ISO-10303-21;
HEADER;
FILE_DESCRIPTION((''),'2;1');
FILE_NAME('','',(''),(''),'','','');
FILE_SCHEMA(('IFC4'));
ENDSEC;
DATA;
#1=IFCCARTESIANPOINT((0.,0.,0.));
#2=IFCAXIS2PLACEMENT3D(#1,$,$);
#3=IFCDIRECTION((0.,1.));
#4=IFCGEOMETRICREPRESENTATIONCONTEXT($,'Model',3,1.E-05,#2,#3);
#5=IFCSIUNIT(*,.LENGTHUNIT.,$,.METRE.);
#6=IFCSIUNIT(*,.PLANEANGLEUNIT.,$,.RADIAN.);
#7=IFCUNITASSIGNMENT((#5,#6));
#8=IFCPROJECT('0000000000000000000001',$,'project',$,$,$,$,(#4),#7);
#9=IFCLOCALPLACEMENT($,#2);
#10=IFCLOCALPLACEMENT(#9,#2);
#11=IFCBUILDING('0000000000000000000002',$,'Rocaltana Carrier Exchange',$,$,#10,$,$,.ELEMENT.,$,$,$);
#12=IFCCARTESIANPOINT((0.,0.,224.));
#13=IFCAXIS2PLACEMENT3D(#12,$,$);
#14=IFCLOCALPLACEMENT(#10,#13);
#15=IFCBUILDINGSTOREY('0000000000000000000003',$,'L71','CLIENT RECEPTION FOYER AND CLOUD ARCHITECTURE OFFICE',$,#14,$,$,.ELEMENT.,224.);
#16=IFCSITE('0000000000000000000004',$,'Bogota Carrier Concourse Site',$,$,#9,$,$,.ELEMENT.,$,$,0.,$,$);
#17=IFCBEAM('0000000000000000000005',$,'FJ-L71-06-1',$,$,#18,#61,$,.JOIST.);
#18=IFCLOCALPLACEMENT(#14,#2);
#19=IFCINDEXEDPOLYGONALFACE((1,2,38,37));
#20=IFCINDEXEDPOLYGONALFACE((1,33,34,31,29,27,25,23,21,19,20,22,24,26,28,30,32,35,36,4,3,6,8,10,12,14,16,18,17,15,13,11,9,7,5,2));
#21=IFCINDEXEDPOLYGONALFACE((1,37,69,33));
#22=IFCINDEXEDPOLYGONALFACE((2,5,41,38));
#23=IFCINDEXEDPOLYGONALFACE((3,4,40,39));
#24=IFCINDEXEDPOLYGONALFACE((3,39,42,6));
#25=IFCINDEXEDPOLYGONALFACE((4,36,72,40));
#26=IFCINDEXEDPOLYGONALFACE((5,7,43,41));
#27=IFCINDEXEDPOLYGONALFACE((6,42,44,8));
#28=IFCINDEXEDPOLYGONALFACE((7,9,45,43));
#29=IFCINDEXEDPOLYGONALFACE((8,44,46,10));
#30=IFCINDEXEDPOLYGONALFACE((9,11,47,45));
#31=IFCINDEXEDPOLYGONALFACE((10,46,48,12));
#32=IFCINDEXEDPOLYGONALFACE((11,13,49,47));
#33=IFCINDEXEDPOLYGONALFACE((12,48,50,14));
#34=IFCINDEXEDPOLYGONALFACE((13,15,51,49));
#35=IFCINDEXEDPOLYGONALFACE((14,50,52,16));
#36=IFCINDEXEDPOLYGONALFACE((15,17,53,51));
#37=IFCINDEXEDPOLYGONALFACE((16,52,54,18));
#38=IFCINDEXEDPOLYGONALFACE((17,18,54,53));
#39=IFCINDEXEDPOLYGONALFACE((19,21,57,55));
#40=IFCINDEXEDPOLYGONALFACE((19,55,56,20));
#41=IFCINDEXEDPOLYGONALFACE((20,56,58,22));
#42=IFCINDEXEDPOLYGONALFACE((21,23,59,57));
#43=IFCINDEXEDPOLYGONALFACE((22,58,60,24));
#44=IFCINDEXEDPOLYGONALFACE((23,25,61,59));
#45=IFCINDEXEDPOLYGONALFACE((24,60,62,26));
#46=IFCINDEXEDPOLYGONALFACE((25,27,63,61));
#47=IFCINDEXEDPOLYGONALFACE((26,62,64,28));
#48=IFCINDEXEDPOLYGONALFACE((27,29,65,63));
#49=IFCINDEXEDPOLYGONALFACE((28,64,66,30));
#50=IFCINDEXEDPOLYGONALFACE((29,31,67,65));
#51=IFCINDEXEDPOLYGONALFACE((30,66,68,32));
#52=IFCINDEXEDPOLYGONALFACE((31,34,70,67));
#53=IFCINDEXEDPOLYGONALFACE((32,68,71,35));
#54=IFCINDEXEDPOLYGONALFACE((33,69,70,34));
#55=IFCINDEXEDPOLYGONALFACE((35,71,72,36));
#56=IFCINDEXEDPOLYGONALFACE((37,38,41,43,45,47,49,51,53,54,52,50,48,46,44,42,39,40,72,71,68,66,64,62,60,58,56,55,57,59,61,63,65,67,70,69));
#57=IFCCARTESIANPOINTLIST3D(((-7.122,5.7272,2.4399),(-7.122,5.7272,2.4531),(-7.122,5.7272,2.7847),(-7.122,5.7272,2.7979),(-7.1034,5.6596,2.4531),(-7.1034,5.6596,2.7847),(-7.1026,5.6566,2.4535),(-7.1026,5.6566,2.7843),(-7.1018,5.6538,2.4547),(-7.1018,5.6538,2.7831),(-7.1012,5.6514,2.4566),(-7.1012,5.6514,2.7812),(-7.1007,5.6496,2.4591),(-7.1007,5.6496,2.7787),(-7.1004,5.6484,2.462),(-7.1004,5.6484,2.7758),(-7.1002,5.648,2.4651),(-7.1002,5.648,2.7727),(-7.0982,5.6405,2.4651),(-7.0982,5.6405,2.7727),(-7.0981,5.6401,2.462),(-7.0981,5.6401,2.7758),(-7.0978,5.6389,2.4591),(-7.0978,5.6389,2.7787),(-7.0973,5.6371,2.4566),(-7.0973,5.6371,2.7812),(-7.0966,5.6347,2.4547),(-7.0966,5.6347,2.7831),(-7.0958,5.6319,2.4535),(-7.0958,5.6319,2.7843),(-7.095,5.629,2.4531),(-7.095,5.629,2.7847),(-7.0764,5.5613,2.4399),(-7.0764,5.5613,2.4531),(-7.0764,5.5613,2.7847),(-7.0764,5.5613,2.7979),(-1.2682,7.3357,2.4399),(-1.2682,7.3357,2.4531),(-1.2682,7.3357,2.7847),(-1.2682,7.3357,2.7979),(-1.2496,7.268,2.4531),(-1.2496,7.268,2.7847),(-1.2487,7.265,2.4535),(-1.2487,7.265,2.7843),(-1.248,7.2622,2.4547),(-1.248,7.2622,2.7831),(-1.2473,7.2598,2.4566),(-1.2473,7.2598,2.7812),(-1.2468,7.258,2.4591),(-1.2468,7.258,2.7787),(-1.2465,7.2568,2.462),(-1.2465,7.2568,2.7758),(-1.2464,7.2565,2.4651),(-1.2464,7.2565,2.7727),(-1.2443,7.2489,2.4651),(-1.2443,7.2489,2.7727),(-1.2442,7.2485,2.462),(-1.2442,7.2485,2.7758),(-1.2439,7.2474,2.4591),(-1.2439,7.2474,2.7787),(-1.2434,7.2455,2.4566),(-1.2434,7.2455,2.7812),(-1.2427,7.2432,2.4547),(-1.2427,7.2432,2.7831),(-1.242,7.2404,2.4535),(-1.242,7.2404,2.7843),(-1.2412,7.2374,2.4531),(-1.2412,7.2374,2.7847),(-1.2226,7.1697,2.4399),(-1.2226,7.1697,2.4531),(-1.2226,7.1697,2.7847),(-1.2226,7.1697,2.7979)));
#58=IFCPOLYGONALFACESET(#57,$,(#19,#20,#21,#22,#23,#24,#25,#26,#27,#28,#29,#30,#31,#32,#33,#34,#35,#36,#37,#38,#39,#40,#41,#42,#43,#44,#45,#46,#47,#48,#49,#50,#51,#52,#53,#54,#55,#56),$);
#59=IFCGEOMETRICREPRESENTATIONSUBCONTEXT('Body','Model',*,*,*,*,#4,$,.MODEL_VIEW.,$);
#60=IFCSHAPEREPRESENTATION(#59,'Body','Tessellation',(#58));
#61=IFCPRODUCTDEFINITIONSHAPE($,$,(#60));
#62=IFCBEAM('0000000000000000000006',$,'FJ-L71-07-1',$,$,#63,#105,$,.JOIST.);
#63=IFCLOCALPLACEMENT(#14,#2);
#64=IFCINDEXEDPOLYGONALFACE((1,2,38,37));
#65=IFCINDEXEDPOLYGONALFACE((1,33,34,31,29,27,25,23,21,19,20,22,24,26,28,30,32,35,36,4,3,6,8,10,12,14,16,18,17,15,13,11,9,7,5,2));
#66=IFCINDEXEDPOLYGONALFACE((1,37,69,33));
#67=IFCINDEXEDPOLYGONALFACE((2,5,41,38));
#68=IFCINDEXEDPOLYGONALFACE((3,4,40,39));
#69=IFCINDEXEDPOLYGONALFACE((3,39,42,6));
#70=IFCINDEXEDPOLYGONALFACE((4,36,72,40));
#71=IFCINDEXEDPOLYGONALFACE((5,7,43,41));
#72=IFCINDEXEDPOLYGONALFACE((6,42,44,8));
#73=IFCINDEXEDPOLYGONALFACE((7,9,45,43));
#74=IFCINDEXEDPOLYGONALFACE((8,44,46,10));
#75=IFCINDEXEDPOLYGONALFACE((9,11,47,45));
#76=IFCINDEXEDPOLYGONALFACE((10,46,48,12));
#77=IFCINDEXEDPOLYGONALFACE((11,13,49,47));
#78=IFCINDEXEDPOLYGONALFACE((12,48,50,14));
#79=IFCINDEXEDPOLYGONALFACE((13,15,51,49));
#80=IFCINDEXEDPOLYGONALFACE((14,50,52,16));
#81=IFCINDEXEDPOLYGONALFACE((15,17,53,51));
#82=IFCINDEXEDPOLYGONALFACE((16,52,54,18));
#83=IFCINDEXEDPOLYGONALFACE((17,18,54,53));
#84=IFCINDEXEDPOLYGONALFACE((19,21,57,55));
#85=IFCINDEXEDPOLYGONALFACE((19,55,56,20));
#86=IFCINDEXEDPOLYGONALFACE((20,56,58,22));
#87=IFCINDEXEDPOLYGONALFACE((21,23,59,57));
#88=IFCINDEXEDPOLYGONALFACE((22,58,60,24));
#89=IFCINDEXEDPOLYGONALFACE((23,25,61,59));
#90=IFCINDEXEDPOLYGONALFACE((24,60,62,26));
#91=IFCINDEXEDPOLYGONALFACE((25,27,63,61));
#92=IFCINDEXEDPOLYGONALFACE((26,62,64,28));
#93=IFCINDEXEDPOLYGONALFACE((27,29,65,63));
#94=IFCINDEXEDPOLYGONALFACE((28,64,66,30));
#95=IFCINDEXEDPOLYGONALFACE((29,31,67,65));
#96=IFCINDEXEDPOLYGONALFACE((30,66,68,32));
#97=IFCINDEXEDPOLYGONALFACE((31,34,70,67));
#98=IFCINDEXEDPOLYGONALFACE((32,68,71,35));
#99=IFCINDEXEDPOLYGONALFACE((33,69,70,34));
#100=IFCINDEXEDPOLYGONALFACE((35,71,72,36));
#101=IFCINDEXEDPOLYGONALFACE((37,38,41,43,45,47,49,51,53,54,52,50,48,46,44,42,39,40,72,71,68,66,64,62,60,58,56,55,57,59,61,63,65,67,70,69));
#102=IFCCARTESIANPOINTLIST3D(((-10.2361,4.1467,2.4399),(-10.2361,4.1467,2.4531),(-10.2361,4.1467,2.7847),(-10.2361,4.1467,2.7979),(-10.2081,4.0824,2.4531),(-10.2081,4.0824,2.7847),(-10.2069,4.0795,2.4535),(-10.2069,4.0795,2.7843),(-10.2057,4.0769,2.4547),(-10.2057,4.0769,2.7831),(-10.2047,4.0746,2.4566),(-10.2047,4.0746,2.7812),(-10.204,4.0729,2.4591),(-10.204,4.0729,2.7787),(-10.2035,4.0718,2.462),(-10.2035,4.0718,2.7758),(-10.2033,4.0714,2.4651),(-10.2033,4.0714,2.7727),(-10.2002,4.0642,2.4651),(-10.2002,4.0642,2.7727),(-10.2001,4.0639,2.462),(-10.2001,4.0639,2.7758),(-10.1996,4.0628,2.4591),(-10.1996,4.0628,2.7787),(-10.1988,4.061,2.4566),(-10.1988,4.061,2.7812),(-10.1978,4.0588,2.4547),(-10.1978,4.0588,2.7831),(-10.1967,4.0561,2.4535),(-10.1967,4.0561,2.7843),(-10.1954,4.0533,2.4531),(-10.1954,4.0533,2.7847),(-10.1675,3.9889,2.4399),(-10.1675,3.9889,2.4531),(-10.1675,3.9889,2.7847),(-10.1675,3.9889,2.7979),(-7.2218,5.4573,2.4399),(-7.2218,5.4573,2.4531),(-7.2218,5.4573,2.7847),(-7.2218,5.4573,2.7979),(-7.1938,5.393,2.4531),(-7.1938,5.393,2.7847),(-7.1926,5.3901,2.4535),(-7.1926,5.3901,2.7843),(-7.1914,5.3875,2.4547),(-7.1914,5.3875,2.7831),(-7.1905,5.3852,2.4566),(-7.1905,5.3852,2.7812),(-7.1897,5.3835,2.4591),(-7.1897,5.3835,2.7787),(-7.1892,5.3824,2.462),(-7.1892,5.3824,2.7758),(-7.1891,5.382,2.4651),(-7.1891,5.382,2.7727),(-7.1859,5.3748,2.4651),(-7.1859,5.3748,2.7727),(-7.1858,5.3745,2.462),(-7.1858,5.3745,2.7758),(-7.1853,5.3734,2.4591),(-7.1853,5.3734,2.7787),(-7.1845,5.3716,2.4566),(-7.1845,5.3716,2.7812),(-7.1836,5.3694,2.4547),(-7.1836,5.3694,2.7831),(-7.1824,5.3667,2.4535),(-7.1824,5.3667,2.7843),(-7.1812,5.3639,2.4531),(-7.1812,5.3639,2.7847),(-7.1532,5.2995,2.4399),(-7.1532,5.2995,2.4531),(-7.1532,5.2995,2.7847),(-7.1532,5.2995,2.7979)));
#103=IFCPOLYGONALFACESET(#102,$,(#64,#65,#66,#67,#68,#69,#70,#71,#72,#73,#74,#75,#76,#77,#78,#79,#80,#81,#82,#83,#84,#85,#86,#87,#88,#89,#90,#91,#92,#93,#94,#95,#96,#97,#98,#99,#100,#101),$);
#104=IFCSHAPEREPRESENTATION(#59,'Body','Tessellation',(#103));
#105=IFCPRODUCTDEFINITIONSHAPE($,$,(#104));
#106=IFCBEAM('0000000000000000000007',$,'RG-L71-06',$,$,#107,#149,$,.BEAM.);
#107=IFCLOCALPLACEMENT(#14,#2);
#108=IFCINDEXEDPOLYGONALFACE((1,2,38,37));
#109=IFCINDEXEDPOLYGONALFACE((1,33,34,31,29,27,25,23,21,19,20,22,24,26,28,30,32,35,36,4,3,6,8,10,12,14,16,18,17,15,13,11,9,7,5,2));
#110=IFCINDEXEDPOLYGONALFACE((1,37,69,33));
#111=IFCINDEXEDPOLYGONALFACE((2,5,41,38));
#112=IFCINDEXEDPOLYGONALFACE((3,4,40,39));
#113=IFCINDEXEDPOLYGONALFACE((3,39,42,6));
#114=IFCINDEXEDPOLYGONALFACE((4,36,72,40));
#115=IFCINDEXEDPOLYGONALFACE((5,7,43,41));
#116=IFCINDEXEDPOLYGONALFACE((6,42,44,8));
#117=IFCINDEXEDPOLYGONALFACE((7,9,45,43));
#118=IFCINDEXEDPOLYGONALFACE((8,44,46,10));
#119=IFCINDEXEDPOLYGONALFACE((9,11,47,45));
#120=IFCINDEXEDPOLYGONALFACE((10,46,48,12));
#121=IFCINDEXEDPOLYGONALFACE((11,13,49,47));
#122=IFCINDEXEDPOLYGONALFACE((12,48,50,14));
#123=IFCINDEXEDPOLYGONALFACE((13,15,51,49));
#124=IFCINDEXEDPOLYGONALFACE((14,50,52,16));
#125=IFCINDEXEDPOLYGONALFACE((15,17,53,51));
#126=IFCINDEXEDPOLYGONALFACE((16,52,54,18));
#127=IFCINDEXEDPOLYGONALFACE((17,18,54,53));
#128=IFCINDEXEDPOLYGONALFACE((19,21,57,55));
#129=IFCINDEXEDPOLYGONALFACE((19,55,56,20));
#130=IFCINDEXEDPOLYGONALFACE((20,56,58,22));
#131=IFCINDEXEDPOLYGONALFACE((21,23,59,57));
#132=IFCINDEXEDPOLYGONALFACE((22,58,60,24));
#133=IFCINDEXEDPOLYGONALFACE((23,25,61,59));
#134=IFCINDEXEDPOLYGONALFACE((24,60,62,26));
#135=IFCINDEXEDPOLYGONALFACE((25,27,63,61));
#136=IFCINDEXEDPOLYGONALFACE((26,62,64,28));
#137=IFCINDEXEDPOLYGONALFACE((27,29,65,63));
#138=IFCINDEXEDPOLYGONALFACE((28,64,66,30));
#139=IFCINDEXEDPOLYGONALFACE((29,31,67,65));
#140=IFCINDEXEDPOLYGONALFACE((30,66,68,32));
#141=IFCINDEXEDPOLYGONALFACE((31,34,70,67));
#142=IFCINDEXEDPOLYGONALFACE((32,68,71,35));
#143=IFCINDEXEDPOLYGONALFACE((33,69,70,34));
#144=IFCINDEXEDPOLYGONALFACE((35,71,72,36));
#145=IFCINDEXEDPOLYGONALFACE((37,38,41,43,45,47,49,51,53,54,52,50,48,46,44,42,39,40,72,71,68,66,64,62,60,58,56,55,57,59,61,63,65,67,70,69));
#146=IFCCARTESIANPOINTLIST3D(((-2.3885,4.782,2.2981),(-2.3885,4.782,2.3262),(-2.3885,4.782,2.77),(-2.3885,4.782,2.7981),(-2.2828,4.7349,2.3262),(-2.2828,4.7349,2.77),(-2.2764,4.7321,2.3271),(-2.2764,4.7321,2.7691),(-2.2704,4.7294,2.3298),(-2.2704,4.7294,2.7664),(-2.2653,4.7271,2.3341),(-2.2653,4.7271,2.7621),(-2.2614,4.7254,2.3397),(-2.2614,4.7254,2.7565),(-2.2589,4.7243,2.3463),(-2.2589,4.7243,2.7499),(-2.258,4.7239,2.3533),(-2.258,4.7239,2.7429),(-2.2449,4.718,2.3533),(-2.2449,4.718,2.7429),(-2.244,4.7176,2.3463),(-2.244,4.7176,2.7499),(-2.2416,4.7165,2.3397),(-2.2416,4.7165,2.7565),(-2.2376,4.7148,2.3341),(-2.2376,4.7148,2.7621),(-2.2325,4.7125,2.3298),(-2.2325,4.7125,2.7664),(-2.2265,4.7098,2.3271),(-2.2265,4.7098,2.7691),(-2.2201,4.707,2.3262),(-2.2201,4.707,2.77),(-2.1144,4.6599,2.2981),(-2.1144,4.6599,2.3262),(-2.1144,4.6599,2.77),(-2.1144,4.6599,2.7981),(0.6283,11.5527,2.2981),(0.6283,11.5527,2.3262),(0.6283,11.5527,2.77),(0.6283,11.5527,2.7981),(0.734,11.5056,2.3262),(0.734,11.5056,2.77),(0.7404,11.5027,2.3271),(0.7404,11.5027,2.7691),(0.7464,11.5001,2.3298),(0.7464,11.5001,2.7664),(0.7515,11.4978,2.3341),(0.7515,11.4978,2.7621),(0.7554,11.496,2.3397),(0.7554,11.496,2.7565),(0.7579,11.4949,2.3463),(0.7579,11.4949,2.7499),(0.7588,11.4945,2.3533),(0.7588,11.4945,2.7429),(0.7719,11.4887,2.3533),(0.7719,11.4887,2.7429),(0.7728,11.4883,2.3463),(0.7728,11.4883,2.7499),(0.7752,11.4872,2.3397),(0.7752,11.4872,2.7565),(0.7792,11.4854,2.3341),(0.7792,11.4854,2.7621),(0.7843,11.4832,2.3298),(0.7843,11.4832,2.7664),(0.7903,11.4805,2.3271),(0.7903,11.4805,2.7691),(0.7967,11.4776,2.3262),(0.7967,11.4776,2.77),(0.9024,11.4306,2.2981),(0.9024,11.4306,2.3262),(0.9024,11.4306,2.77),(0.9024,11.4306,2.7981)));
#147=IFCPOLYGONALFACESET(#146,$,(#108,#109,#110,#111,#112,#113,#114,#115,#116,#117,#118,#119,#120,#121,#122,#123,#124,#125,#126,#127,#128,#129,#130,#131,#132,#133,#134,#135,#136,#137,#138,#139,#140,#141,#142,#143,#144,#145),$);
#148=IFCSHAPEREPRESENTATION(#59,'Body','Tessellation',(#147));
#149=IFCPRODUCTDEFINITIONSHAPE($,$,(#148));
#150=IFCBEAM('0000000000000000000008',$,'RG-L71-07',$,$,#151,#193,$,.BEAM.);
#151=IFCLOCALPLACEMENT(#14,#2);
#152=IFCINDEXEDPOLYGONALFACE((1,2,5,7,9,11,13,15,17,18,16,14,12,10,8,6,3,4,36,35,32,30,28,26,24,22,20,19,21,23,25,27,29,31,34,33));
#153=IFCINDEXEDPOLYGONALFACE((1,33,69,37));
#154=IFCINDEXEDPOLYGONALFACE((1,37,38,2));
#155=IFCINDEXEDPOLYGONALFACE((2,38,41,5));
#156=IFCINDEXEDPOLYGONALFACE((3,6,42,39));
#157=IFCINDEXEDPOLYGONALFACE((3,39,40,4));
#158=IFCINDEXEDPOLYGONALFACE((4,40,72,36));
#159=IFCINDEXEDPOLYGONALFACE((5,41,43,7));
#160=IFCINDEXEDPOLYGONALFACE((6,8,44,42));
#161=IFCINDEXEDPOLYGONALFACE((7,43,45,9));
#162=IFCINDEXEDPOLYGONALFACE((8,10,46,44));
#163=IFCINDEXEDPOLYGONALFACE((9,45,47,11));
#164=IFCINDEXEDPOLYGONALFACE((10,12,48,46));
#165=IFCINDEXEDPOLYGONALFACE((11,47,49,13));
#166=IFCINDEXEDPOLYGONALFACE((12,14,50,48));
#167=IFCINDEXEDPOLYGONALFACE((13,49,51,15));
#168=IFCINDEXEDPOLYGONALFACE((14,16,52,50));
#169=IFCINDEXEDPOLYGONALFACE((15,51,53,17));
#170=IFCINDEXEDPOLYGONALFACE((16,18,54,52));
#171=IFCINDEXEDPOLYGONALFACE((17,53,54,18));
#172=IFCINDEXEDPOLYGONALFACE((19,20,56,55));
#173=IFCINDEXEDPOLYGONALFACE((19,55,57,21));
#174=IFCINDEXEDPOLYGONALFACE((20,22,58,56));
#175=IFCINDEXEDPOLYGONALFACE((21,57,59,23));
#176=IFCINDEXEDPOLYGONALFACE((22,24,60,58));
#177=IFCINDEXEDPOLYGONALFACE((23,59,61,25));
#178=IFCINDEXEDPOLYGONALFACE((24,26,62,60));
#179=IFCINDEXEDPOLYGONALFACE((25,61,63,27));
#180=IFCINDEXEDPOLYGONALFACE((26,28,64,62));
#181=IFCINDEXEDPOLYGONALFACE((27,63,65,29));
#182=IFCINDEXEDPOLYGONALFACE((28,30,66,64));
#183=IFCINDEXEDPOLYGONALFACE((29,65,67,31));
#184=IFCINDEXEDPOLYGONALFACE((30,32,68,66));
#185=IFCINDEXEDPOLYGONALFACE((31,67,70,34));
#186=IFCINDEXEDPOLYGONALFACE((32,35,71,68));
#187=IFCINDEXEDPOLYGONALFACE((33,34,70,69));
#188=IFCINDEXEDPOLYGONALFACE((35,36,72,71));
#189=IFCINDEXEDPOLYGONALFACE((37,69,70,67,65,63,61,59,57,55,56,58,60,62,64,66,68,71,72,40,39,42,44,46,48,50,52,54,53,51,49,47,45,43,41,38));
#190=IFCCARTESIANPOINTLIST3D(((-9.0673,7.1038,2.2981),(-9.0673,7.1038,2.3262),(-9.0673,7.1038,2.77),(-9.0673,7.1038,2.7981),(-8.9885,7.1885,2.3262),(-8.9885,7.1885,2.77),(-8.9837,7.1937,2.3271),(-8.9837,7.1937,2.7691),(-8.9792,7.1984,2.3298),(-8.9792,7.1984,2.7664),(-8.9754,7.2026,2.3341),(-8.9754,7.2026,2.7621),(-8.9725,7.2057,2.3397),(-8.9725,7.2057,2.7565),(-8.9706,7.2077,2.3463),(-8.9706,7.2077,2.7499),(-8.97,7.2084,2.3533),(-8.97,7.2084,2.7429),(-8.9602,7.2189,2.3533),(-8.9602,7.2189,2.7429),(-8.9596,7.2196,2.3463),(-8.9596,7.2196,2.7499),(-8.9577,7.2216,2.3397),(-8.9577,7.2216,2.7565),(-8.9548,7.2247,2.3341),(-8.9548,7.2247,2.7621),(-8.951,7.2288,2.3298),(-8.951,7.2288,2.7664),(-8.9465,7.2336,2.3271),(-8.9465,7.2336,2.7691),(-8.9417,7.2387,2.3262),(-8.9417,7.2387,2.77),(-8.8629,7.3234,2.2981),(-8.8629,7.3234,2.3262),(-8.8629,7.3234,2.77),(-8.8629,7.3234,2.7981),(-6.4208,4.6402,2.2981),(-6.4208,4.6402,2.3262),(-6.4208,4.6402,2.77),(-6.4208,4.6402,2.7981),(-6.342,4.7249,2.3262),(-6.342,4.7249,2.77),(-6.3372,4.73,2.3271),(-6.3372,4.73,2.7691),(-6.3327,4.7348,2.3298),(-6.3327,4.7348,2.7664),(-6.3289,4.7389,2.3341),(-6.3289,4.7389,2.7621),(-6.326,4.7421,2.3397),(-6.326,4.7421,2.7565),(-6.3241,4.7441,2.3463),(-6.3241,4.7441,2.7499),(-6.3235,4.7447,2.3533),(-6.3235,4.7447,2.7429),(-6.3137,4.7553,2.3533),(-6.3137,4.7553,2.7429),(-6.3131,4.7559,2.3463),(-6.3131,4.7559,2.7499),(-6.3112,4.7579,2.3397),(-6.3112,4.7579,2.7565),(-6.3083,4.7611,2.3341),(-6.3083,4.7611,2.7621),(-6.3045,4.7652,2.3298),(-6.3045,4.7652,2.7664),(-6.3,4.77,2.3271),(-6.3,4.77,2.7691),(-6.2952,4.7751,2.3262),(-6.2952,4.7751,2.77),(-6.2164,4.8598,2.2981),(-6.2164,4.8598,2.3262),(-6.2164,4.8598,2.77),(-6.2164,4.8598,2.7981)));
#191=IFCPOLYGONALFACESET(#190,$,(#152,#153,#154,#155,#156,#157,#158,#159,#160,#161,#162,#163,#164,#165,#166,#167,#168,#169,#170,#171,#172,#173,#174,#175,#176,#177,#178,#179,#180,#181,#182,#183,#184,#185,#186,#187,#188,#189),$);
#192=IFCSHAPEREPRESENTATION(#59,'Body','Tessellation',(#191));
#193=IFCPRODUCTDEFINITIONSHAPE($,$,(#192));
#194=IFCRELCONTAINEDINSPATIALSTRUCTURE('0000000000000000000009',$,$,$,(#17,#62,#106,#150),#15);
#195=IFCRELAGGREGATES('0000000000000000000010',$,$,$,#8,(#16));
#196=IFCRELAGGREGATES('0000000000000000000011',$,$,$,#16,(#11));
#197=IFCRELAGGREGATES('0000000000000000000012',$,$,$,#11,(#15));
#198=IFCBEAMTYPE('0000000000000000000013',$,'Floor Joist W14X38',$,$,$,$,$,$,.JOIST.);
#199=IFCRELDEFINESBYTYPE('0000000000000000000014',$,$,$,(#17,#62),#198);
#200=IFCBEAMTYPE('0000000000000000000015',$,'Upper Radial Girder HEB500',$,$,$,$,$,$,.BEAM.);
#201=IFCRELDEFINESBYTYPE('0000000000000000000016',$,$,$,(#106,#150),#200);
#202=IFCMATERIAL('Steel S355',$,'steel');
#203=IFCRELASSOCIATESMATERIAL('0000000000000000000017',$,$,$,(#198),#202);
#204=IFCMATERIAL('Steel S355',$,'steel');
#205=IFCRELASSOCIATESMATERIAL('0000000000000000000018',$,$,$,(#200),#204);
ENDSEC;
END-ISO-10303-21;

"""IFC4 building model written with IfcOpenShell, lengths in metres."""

from ifc_helpers import new_model, si_unit, direction, frame, origin, origin_2d, place, context, subcontext, project, spatial, i_section, extrude, material, material_profile, profile_set, type_object, element, save


model = new_model("IFC4")

# Units and contexts
model_context = context("Model", 3, precision=1e-05, world=origin(), true_north=direction((0.0, 1.0)))
body_context = subcontext(model_context, "Body", "Model", "MODEL_VIEW")
ifc_project = project(units=[si_unit("LENGTHUNIT", "METRE"), si_unit("PLANEANGLEUNIT", "RADIAN")], contexts=[model_context])

# Site, building, storey
site_placement = place(None, origin())
site = spatial("IfcSite", under=ifc_project, at=site_placement, Name="Bogota Carrier Concourse Site", CompositionType="ELEMENT", RefElevation=0.0)
building_placement = place(site_placement, origin())
building = spatial("IfcBuilding", under=site, at=building_placement, Name="Rocaltana Carrier Exchange", CompositionType="ELEMENT")
storey_placement = place(building_placement, frame((0.0, 0.0, 224.0)))
storey = spatial("IfcBuildingStorey", under=building, at=storey_placement, Name="L71", Description="CLIENT RECEPTION FOYER AND CLOUD ARCHITECTURE OFFICE", CompositionType="ELEMENT", Elevation=224.0)

# Beams
ifc_material_1 = material(Name="Steel S355", Category="steel")
ifc_material_profile_1 = material_profile(ifc_material_1, i_section(OverallWidth=0.1721, OverallDepth=0.3579, WebThickness=0.0078, FlangeThickness=0.0132, FilletRadius=0.012, at=origin_2d()), Name="W14X38")
ifc_profile_set_1 = profile_set([ifc_material_profile_1], Name="Steel S355")
beam_type_1 = type_object("IfcBeamType", Name="Floor Joist W14X38", PredefinedType="JOIST", material=ifc_profile_set_1)
beam_1_placement = place(storey_placement, frame((-1.2454, 7.2527, 2.6189), z_axis=(-0.964264, -0.264944, 0.0), x_axis=(0.264944, -0.964264, 0.0)))
element("IfcBeam", 1, at=beam_1_placement, inside=storey, type_object=beam_type_1, Name="FJ-L71-06-1", PredefinedType="JOIST", context=body_context, shape_type="SweptSolid", body=[
    extrude(i_section(OverallWidth=0.1721, OverallDepth=0.3579, WebThickness=0.0078, FlangeThickness=0.0132, FilletRadius=0.012, at=origin_2d()), origin(), (0.0, 0.0, 1.0), 6.0708),
])
beam_2_placement = place(storey_placement, frame((-7.1875, 5.3784, 2.6189), z_axis=(-0.917065, -0.398737, 0.0), x_axis=(0.398737, -0.917065, 0.0)))
element("IfcBeam", 2, at=beam_2_placement, inside=storey, type_object=beam_type_1, Name="FJ-L71-07-1", PredefinedType="JOIST", context=body_context, shape_type="SweptSolid", body=[
    extrude(i_section(OverallWidth=0.1721, OverallDepth=0.3579, WebThickness=0.0078, FlangeThickness=0.0132, FilletRadius=0.012, at=origin_2d()), origin(), (0.0, 0.0, 1.0), 3.2869),
])
ifc_material_2 = material(Name="Steel S355", Category="steel")
ifc_material_profile_2 = material_profile(ifc_material_2, i_section(OverallWidth=0.3, OverallDepth=0.5, WebThickness=0.0144, FlangeThickness=0.0281, FilletRadius=0.0271, at=origin_2d()), Name="HEB500")
ifc_profile_set_2 = profile_set([ifc_material_profile_2], Name="Steel S355")
beam_type_2 = type_object("IfcBeamType", Name="Upper Radial Girder HEB500", PredefinedType="BEAM", material=ifc_profile_set_2)
beam_3_placement = place(storey_placement, frame((-2.2515, 4.7209, 2.5481), z_axis=(0.406997, 0.913429, 0.0), x_axis=(-0.913429, 0.406997, 0.0)))
element("IfcBeam", 3, at=beam_3_placement, inside=storey, type_object=beam_type_2, Name="RG-L71-06", PredefinedType="BEAM", context=body_context, shape_type="SweptSolid", body=[
    extrude(i_section(OverallWidth=0.3, OverallDepth=0.5, WebThickness=0.0144, FlangeThickness=0.0281, FilletRadius=0.0271, at=origin_2d()), origin(), (0.0, 0.0, 1.0), 7.4124),
])
beam_4_placement = place(storey_placement, frame((-6.3186, 4.75, 2.5481), z_axis=(-0.731942, 0.681367, 0.0), x_axis=(-0.681367, -0.731942, 0.0)))
element("IfcBeam", 4, at=beam_4_placement, inside=storey, type_object=beam_type_2, Name="RG-L71-07", PredefinedType="BEAM", context=body_context, shape_type="SweptSolid", body=[
    extrude(i_section(OverallWidth=0.3, OverallDepth=0.5, WebThickness=0.0144, FlangeThickness=0.0281, FilletRadius=0.0271, at=origin_2d()), origin(), (0.0, 0.0, 1.0), 3.6157),
])

save(model, "model.ifc")
